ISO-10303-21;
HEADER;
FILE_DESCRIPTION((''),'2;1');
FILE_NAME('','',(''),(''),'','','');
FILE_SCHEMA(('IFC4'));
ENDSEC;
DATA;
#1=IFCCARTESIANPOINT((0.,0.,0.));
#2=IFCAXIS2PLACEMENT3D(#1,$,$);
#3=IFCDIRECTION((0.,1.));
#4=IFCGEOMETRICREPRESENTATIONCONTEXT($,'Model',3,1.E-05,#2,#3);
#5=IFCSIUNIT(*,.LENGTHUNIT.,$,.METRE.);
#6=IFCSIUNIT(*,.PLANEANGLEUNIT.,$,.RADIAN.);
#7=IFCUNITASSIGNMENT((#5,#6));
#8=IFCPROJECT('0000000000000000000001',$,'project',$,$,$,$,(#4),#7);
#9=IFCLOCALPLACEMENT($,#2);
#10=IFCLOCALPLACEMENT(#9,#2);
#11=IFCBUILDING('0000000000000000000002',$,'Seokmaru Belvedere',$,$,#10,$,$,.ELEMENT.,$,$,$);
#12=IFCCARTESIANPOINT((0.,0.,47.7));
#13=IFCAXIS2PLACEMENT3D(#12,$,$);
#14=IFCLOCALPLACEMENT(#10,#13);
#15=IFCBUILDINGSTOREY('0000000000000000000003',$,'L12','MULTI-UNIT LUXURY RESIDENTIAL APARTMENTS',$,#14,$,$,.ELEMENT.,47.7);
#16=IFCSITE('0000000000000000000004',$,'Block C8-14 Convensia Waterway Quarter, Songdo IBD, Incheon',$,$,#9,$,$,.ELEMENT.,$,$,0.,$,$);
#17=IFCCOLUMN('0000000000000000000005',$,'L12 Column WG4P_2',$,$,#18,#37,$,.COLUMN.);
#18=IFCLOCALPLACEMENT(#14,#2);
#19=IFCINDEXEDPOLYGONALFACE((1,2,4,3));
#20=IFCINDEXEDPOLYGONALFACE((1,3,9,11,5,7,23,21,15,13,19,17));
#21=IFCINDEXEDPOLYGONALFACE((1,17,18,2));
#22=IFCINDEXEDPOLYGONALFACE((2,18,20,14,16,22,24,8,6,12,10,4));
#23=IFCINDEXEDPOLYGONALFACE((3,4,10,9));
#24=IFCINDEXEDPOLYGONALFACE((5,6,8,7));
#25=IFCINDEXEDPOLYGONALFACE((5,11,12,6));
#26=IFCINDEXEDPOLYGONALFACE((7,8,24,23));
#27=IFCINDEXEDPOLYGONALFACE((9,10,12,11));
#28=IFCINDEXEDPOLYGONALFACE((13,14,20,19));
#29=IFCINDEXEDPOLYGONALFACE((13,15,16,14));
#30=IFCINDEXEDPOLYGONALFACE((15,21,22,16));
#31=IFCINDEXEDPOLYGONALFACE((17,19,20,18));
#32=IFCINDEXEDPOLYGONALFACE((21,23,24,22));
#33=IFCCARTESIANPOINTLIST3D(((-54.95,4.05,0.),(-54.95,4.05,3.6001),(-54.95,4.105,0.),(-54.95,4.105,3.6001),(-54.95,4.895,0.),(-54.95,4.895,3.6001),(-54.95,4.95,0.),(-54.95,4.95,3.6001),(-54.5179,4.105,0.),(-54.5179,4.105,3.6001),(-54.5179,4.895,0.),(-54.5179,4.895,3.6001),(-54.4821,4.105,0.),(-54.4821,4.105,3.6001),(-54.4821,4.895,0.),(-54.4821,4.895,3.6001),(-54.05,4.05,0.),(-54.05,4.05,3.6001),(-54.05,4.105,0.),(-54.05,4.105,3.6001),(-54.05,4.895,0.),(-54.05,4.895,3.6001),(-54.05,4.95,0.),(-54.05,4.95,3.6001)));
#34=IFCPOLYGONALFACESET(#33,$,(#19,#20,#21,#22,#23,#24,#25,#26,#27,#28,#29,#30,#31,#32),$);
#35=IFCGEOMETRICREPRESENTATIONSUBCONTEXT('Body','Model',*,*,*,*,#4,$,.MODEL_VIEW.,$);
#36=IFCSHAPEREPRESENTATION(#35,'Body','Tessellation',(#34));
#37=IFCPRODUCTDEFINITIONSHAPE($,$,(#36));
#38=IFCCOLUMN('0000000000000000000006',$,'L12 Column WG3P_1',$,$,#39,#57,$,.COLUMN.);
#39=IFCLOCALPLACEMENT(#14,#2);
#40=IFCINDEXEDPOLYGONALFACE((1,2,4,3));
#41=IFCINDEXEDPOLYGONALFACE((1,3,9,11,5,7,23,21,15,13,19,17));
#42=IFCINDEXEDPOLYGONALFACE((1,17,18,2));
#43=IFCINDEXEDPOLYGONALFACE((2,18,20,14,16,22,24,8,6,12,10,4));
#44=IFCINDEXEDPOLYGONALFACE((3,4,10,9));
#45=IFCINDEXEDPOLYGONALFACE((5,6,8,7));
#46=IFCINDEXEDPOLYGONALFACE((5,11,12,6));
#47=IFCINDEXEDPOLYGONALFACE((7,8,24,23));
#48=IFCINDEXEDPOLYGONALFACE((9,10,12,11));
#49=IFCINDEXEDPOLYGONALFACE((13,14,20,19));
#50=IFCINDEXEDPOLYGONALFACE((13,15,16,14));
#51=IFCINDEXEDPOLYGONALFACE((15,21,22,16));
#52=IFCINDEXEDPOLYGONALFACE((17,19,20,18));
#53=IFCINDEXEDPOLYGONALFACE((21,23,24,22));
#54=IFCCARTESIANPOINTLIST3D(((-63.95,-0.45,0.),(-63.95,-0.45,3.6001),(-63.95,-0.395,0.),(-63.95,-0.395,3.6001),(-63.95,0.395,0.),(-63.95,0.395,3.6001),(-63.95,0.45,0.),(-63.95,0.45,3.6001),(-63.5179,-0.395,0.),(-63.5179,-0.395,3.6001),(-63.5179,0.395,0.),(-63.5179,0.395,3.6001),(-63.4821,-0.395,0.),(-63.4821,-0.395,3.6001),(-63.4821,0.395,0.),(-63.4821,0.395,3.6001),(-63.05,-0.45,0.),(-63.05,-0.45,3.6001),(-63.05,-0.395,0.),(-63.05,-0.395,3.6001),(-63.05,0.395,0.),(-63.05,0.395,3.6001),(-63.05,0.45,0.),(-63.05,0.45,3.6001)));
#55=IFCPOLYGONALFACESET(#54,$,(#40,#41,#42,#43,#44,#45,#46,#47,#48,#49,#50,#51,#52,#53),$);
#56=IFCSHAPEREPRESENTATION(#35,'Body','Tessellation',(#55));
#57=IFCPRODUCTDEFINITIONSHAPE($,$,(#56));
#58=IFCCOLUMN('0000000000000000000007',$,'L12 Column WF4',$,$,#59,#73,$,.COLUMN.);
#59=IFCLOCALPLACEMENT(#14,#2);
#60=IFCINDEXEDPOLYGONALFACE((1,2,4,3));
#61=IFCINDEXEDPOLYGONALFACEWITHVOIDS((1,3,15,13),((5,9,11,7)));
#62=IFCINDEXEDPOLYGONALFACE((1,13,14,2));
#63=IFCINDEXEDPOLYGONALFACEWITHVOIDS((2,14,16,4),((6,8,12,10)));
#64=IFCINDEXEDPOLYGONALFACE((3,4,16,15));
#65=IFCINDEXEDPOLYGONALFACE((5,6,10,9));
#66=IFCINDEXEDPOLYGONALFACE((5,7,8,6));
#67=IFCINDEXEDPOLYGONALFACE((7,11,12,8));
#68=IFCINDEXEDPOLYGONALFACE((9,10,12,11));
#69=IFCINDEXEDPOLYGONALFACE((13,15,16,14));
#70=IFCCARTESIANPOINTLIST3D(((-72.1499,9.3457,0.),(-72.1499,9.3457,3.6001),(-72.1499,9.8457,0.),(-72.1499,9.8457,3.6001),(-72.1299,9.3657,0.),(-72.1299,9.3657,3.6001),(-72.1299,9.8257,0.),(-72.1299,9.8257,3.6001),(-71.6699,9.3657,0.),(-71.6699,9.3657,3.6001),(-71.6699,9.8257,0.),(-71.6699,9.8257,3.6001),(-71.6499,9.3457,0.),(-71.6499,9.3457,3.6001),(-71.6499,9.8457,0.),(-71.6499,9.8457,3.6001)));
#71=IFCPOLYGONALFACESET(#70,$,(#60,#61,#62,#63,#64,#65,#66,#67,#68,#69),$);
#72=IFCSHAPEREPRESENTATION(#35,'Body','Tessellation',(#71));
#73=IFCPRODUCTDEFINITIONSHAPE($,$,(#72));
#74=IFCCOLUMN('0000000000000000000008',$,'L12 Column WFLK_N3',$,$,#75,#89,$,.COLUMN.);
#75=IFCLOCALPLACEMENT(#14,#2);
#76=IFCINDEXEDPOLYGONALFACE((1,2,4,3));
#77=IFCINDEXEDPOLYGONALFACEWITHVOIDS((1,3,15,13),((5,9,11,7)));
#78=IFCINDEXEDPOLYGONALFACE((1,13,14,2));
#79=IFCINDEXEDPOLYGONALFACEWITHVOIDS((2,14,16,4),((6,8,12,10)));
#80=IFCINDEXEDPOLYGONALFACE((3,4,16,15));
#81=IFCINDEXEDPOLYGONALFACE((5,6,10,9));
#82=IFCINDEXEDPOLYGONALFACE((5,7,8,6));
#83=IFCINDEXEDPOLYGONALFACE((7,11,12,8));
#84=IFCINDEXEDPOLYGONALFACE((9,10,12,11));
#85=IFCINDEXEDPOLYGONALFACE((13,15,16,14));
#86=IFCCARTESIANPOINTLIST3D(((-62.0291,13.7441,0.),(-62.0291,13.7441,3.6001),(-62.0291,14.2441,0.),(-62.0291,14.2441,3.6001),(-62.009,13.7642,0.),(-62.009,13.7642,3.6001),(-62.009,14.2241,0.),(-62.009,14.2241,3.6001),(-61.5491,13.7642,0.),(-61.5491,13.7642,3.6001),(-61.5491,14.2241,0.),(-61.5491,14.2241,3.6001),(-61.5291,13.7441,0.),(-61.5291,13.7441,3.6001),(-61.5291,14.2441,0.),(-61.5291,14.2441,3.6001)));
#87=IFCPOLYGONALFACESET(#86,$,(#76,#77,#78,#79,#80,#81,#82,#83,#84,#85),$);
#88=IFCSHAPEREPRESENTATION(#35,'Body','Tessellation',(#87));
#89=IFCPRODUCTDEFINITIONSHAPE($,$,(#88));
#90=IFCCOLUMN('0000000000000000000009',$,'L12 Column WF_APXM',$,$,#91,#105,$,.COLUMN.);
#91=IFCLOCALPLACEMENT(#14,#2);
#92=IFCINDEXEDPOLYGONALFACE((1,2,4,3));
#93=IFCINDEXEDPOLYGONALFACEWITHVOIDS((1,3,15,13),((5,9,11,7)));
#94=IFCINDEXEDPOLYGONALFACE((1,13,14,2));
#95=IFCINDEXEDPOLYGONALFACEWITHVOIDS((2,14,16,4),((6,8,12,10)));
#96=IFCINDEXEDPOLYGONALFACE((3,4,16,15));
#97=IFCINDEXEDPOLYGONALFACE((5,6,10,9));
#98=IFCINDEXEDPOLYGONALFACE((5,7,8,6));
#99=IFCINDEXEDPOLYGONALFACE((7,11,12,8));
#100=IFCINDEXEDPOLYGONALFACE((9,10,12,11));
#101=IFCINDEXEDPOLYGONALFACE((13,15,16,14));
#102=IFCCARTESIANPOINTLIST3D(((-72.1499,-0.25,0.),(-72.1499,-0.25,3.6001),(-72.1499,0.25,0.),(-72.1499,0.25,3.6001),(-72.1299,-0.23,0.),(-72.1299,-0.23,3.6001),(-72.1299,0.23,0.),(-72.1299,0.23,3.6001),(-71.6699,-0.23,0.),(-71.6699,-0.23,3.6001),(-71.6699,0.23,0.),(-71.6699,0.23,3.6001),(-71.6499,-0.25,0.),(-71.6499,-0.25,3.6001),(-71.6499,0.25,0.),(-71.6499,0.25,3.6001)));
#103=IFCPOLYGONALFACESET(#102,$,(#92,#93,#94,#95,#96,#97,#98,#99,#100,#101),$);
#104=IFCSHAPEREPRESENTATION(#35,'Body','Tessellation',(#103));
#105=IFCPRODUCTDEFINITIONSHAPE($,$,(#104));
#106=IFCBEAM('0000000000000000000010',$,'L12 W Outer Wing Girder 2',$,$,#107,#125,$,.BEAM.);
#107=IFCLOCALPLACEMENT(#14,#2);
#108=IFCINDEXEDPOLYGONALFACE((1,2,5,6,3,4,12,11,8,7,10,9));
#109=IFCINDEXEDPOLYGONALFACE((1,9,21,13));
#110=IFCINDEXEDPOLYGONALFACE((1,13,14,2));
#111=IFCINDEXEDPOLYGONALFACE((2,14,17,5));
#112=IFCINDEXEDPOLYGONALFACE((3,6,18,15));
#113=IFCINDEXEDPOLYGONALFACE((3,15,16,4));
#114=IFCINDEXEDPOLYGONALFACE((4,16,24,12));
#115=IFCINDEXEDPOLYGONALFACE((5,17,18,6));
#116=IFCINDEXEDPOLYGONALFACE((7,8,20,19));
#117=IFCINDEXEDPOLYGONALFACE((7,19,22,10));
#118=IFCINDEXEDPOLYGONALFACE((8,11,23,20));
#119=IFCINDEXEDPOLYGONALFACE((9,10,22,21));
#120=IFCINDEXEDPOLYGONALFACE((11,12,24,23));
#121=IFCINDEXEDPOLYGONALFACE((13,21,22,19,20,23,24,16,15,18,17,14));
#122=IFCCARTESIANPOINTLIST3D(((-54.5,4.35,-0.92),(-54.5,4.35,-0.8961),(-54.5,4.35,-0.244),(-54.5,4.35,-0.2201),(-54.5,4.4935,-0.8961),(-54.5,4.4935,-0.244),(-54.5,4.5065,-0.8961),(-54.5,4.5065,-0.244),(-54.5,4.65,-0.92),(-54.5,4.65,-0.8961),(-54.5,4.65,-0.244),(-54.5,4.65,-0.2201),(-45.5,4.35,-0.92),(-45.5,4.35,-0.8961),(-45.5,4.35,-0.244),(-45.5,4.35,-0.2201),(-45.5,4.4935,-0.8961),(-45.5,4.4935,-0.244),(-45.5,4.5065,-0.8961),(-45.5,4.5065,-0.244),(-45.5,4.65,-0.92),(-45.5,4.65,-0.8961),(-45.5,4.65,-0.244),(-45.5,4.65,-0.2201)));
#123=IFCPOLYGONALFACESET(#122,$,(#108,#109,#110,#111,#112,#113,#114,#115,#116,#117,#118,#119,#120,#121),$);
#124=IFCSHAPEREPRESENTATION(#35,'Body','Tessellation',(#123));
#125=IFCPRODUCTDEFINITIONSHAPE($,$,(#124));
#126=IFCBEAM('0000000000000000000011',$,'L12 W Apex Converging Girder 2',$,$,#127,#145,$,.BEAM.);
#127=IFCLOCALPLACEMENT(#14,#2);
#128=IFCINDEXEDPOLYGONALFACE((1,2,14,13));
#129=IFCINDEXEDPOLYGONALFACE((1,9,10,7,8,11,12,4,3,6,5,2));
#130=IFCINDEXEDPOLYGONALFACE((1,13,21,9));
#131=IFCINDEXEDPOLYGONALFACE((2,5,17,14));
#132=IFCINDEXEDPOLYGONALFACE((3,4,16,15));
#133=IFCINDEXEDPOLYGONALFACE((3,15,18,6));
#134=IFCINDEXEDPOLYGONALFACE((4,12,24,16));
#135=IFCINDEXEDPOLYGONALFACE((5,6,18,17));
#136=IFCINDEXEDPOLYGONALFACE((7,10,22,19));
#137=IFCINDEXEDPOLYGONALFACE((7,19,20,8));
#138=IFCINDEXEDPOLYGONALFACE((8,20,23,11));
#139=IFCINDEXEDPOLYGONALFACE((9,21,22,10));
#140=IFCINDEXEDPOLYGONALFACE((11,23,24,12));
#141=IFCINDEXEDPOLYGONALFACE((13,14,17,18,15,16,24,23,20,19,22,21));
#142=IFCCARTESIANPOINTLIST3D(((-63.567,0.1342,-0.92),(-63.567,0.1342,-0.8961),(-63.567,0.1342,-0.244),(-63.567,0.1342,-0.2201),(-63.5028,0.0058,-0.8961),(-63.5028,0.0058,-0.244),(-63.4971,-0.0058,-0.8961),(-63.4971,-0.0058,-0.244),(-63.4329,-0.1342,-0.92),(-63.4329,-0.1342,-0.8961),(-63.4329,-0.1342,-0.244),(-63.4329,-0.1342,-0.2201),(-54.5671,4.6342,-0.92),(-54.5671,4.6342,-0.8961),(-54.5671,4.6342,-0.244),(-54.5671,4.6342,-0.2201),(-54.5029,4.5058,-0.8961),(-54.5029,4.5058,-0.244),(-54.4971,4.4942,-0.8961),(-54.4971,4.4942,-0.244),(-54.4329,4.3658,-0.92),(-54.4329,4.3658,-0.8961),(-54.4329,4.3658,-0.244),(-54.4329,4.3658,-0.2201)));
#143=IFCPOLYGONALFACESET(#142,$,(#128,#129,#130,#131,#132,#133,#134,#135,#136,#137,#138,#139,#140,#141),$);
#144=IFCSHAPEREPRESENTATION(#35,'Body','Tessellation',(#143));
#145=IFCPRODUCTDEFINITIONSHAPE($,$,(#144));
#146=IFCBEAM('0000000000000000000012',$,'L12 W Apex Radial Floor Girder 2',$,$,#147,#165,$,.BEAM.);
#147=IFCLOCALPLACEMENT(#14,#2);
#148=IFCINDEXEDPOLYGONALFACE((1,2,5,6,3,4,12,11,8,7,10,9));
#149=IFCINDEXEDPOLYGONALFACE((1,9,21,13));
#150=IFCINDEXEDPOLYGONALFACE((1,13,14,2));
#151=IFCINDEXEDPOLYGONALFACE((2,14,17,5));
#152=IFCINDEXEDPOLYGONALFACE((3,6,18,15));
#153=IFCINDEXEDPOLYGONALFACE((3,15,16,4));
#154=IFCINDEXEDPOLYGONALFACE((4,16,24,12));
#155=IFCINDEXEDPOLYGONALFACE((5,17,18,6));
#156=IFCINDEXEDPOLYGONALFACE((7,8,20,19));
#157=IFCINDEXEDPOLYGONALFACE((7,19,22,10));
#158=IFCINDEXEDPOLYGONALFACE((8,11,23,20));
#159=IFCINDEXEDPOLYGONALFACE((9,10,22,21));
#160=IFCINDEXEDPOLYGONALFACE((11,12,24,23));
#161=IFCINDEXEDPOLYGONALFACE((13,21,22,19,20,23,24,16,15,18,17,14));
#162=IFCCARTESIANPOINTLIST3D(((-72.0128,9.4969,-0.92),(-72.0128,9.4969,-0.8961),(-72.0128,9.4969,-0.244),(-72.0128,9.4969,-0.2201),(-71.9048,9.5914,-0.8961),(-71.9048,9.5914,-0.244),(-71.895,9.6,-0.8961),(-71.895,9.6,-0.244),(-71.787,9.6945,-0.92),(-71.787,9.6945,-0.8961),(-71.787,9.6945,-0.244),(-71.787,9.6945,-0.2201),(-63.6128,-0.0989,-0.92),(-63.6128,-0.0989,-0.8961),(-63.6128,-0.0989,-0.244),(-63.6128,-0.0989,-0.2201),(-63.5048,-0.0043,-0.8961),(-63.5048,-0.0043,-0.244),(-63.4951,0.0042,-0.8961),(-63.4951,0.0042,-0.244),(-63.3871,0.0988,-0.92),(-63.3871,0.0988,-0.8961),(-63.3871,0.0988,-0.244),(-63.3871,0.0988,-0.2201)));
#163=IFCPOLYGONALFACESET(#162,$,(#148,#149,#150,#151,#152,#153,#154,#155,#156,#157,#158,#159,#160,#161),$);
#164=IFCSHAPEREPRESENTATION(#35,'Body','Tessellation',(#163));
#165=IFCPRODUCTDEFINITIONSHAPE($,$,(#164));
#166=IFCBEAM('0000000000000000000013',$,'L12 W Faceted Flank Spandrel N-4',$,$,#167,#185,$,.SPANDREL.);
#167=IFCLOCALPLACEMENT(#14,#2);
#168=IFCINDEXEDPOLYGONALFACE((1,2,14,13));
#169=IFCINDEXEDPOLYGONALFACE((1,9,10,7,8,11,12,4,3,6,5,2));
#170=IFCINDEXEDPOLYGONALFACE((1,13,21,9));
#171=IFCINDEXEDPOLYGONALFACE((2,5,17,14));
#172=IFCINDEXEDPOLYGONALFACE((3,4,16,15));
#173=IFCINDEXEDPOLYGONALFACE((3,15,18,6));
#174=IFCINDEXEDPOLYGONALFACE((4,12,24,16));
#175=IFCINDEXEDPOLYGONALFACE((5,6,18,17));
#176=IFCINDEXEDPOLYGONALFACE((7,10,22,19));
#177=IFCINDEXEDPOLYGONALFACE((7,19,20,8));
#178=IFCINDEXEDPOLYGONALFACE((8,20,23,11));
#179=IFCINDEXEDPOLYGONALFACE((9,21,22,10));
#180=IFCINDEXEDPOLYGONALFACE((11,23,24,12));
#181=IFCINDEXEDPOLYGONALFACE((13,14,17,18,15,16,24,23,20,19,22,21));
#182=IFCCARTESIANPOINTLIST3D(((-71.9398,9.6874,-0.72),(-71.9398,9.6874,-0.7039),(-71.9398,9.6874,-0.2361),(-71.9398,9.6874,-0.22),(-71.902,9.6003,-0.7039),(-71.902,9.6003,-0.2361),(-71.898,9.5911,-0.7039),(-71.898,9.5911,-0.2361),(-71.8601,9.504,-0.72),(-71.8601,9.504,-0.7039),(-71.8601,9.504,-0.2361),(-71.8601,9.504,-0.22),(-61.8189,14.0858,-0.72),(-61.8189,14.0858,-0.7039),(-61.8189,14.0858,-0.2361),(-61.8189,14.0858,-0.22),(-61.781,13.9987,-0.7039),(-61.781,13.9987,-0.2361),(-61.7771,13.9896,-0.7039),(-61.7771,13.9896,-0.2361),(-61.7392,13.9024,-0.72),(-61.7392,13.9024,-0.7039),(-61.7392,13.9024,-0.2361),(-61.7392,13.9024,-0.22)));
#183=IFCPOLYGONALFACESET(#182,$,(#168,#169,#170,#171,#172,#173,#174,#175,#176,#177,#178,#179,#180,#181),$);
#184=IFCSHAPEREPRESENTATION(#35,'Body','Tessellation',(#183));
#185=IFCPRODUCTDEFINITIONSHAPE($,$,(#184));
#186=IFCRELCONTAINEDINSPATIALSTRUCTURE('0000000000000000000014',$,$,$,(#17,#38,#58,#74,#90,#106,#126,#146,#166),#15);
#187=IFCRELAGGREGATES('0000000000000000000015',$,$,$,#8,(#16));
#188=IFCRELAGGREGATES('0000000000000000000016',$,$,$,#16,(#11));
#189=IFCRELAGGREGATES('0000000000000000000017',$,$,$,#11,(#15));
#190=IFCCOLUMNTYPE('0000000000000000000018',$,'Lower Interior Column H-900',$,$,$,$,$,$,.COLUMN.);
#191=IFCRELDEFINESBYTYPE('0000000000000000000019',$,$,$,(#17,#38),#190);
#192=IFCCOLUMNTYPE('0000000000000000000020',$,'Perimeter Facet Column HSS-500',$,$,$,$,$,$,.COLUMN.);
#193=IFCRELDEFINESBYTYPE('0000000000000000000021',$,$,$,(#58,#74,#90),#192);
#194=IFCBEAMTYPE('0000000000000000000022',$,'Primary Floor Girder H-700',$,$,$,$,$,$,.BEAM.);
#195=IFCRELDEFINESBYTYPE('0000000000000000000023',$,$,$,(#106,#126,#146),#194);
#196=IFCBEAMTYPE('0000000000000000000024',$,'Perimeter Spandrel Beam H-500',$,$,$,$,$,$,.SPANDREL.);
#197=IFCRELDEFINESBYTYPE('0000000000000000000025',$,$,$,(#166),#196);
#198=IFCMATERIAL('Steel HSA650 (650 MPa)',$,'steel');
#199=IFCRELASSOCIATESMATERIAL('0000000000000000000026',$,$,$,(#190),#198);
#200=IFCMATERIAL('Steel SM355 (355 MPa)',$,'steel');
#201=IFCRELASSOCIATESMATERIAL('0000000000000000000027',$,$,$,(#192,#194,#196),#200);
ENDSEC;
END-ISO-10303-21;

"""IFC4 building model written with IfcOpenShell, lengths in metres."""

from ifc_helpers import new_model, si_unit, direction, frame, origin, origin_2d, place, context, subcontext, project, spatial, hollow_rectangle, i_section, extrude, source, transform, mapped, material, material_profile, profile_set, type_object, type_shapes, element, save


model = new_model("IFC4")

# Units and contexts
model_context = context("Model", 3, precision=1e-05, world=origin(), true_north=direction((0.0, 1.0)))
body_context = subcontext(model_context, "Body", "Model", "MODEL_VIEW")
ifc_project = project(units=[si_unit("LENGTHUNIT", "METRE"), si_unit("PLANEANGLEUNIT", "RADIAN")], contexts=[model_context])

# Site, building, storey
site_placement = place(None, origin())
site = spatial("IfcSite", under=ifc_project, at=site_placement, Name="Block C8-14 Convensia Waterway Quarter, Songdo IBD, Incheon", CompositionType="ELEMENT", RefElevation=0.0)
building_placement = place(site_placement, origin())
building = spatial("IfcBuilding", under=site, at=building_placement, Name="Seokmaru Belvedere", CompositionType="ELEMENT")
storey_placement = place(building_placement, frame((0.0, 0.0, 47.7)))
storey = spatial("IfcBuildingStorey", under=building, at=storey_placement, Name="L12", Description="MULTI-UNIT LUXURY RESIDENTIAL APARTMENTS", CompositionType="ELEMENT", Elevation=47.7)

# Columns
ifc_material_1 = material(Name="Steel HSA650 (650 MPa)", Category="steel")
ifc_material_profile_1 = material_profile(ifc_material_1, i_section(OverallWidth=0.8999, OverallDepth=0.8999, WebThickness=0.0359, FlangeThickness=0.0549, at=origin_2d()), Name="H-900x900x36x55")
ifc_profile_set_1 = profile_set([ifc_material_profile_1], Name="Steel HSA650 (650 MPa)")
column_type_1 = type_object("IfcColumnType", Name="Lower Interior Column H-900", PredefinedType="COLUMN", material=ifc_profile_set_1)
shared_shape_1 = source(origin(), body_context, "Body", "SweptSolid", [
    extrude(i_section(OverallWidth=0.8999, OverallDepth=0.8999, WebThickness=0.0359, FlangeThickness=0.0549, at=origin_2d()), origin(), (0.0, 0.0, 1.0), 3.6001),
])
type_shapes(column_type_1, [shared_shape_1])
for number, where, z_axis, x_axis, name in (
    (1, (-54.5, 4.5, 0.0), (0.0, 0.0, 1.0), (1.0, 0.0, 0.0), "L12 Column WG4P_2"),
    (2, (-63.5, 0.0, 0.0), (0.0, 0.0, 1.0), (1.0, 0.0, 0.0), "L12 Column WG3P_1"),
):
    element("IfcColumn", number, at=place(storey_placement, frame(where, z_axis=z_axis, x_axis=x_axis)), inside=storey, type_object=column_type_1, Name=name, PredefinedType="COLUMN", context=body_context, shape_type="MappedRepresentation", body=[
        mapped(shared_shape_1, transform((0.0, 0.0, 0.0), scale=1.0)),
    ])
ifc_material_2 = material(Name="Steel SM355 (355 MPa)", Category="steel")
ifc_material_profile_2 = material_profile(ifc_material_2, hollow_rectangle(XDim=0.5, YDim=0.5, WallThickness=0.02, at=origin_2d()), Name="HSS-500x500x20")
ifc_profile_set_2 = profile_set([ifc_material_profile_2], Name="Steel SM355 (355 MPa)")
column_type_2 = type_object("IfcColumnType", Name="Perimeter Facet Column HSS-500", PredefinedType="COLUMN", material=ifc_profile_set_2)
shared_shape_2 = source(origin(), body_context, "Body", "SweptSolid", [
    extrude(hollow_rectangle(XDim=0.5, YDim=0.5, WallThickness=0.02, at=origin_2d()), origin(), (0.0, 0.0, 1.0), 3.6001),
])
type_shapes(column_type_2, [shared_shape_2])
for number, where, z_axis, x_axis, name in (
    (3, (-71.8999, 9.5957, 0.0), (0.0, 0.0, 1.0), (1.0, 0.0, 0.0), "L12 Column WF4"),
    (4, (-61.7791, 13.9941, 0.0), (0.0, 0.0, 1.0), (1.0, 0.0, 0.0), "L12 Column WFLK_N3"),
    (5, (-71.8999, 0.0, 0.0), (0.0, 0.0, 1.0), (1.0, 0.0, 0.0), "L12 Column WF_APXM"),
):
    element("IfcColumn", number, at=place(storey_placement, frame(where, z_axis=z_axis, x_axis=x_axis)), inside=storey, type_object=column_type_2, Name=name, PredefinedType="COLUMN", context=body_context, shape_type="MappedRepresentation", body=[
        mapped(shared_shape_2, transform((0.0, 0.0, 0.0), scale=1.0)),
    ])

# Beams
ifc_material_profile_3 = material_profile(ifc_material_2, i_section(OverallWidth=0.3, OverallDepth=0.7, WebThickness=0.0129, FlangeThickness=0.0239, at=origin_2d()), Name="H-700x300x13x24")
ifc_profile_set_3 = profile_set([ifc_material_profile_3], Name="Steel SM355 (355 MPa)")
beam_type_1 = type_object("IfcBeamType", Name="Primary Floor Girder H-700", PredefinedType="BEAM", material=ifc_profile_set_3)
shared_shape_3 = source(origin(), body_context, "Body", "SweptSolid", [
    extrude(i_section(OverallWidth=0.3, OverallDepth=0.7, WebThickness=0.0129, FlangeThickness=0.0239, at=origin_2d()), origin(), (0.0, 0.0, 1.0), 9.0),
])
beam_1_placement = place(storey_placement, frame((-54.5, 4.5, -0.5701), z_axis=(1.0, 0.0, 0.0), x_axis=(0.0, 1.0, 0.0)))
element("IfcBeam", 6, at=beam_1_placement, inside=storey, type_object=beam_type_1, Name="L12 W Outer Wing Girder 2", PredefinedType="BEAM", context=body_context, shape_type="MappedRepresentation", body=[
    mapped(shared_shape_3, transform((0.0, 0.0, 0.0), scale=1.0)),
])
shared_shape_4 = source(origin(), body_context, "Body", "SweptSolid", [
    extrude(i_section(OverallWidth=0.3, OverallDepth=0.7, WebThickness=0.0129, FlangeThickness=0.0239, at=origin_2d()), origin(), (0.0, 0.0, 1.0), 10.0623),
])
beam_2_placement = place(storey_placement, frame((-54.5, 4.5, -0.5701), z_axis=(-0.894427, -0.447214, 0.0), x_axis=(0.447214, -0.894427, 0.0)))
element("IfcBeam", 7, at=beam_2_placement, inside=storey, type_object=beam_type_1, Name="L12 W Apex Converging Girder 2", PredefinedType="BEAM", context=body_context, shape_type="MappedRepresentation", body=[
    mapped(shared_shape_4, transform((0.0, 0.0, 0.0), scale=1.0)),
])
shared_shape_5 = source(origin(), body_context, "Body", "SweptSolid", [
    extrude(i_section(OverallWidth=0.3, OverallDepth=0.7, WebThickness=0.0129, FlangeThickness=0.0239, at=origin_2d()), origin(), (0.0, 0.0, 1.0), 12.7529),
])
beam_3_placement = place(storey_placement, frame((-71.8999, 9.5957, -0.5701), z_axis=(0.658667, -0.752434, 0.0), x_axis=(0.752434, 0.658667, 0.0)))
element("IfcBeam", 8, at=beam_3_placement, inside=storey, type_object=beam_type_1, Name="L12 W Apex Radial Floor Girder 2", PredefinedType="BEAM", context=body_context, shape_type="MappedRepresentation", body=[
    mapped(shared_shape_5, transform((0.0, 0.0, 0.0), scale=1.0)),
])
ifc_material_profile_4 = material_profile(ifc_material_2, i_section(OverallWidth=0.2, OverallDepth=0.5, WebThickness=0.01, FlangeThickness=0.0161, at=origin_2d()), Name="H-500x200x10x16")
ifc_profile_set_4 = profile_set([ifc_material_profile_4], Name="Steel SM355 (355 MPa)")
beam_type_2 = type_object("IfcBeamType", Name="Perimeter Spandrel Beam H-500", PredefinedType="SPANDREL", material=ifc_profile_set_4)
shared_shape_6 = source(origin(), body_context, "Body", "SweptSolid", [
    extrude(i_section(OverallWidth=0.2, OverallDepth=0.5, WebThickness=0.01, FlangeThickness=0.0161, at=origin_2d()), origin(), (0.0, 0.0, 1.0), 11.0354),
])
beam_4_placement = place(storey_placement, frame((-61.7791, 13.9941, -0.47), z_axis=(-0.917134, -0.398579, 0.0), x_axis=(0.398579, -0.917134, 0.0)))
element("IfcBeam", 9, at=beam_4_placement, inside=storey, type_object=beam_type_2, Name="L12 W Faceted Flank Spandrel N-4", PredefinedType="SPANDREL", context=body_context, shape_type="MappedRepresentation", body=[
    mapped(shared_shape_6, transform((0.0, 0.0, 0.0), scale=1.0)),
])

save(model, "model.ifc")
